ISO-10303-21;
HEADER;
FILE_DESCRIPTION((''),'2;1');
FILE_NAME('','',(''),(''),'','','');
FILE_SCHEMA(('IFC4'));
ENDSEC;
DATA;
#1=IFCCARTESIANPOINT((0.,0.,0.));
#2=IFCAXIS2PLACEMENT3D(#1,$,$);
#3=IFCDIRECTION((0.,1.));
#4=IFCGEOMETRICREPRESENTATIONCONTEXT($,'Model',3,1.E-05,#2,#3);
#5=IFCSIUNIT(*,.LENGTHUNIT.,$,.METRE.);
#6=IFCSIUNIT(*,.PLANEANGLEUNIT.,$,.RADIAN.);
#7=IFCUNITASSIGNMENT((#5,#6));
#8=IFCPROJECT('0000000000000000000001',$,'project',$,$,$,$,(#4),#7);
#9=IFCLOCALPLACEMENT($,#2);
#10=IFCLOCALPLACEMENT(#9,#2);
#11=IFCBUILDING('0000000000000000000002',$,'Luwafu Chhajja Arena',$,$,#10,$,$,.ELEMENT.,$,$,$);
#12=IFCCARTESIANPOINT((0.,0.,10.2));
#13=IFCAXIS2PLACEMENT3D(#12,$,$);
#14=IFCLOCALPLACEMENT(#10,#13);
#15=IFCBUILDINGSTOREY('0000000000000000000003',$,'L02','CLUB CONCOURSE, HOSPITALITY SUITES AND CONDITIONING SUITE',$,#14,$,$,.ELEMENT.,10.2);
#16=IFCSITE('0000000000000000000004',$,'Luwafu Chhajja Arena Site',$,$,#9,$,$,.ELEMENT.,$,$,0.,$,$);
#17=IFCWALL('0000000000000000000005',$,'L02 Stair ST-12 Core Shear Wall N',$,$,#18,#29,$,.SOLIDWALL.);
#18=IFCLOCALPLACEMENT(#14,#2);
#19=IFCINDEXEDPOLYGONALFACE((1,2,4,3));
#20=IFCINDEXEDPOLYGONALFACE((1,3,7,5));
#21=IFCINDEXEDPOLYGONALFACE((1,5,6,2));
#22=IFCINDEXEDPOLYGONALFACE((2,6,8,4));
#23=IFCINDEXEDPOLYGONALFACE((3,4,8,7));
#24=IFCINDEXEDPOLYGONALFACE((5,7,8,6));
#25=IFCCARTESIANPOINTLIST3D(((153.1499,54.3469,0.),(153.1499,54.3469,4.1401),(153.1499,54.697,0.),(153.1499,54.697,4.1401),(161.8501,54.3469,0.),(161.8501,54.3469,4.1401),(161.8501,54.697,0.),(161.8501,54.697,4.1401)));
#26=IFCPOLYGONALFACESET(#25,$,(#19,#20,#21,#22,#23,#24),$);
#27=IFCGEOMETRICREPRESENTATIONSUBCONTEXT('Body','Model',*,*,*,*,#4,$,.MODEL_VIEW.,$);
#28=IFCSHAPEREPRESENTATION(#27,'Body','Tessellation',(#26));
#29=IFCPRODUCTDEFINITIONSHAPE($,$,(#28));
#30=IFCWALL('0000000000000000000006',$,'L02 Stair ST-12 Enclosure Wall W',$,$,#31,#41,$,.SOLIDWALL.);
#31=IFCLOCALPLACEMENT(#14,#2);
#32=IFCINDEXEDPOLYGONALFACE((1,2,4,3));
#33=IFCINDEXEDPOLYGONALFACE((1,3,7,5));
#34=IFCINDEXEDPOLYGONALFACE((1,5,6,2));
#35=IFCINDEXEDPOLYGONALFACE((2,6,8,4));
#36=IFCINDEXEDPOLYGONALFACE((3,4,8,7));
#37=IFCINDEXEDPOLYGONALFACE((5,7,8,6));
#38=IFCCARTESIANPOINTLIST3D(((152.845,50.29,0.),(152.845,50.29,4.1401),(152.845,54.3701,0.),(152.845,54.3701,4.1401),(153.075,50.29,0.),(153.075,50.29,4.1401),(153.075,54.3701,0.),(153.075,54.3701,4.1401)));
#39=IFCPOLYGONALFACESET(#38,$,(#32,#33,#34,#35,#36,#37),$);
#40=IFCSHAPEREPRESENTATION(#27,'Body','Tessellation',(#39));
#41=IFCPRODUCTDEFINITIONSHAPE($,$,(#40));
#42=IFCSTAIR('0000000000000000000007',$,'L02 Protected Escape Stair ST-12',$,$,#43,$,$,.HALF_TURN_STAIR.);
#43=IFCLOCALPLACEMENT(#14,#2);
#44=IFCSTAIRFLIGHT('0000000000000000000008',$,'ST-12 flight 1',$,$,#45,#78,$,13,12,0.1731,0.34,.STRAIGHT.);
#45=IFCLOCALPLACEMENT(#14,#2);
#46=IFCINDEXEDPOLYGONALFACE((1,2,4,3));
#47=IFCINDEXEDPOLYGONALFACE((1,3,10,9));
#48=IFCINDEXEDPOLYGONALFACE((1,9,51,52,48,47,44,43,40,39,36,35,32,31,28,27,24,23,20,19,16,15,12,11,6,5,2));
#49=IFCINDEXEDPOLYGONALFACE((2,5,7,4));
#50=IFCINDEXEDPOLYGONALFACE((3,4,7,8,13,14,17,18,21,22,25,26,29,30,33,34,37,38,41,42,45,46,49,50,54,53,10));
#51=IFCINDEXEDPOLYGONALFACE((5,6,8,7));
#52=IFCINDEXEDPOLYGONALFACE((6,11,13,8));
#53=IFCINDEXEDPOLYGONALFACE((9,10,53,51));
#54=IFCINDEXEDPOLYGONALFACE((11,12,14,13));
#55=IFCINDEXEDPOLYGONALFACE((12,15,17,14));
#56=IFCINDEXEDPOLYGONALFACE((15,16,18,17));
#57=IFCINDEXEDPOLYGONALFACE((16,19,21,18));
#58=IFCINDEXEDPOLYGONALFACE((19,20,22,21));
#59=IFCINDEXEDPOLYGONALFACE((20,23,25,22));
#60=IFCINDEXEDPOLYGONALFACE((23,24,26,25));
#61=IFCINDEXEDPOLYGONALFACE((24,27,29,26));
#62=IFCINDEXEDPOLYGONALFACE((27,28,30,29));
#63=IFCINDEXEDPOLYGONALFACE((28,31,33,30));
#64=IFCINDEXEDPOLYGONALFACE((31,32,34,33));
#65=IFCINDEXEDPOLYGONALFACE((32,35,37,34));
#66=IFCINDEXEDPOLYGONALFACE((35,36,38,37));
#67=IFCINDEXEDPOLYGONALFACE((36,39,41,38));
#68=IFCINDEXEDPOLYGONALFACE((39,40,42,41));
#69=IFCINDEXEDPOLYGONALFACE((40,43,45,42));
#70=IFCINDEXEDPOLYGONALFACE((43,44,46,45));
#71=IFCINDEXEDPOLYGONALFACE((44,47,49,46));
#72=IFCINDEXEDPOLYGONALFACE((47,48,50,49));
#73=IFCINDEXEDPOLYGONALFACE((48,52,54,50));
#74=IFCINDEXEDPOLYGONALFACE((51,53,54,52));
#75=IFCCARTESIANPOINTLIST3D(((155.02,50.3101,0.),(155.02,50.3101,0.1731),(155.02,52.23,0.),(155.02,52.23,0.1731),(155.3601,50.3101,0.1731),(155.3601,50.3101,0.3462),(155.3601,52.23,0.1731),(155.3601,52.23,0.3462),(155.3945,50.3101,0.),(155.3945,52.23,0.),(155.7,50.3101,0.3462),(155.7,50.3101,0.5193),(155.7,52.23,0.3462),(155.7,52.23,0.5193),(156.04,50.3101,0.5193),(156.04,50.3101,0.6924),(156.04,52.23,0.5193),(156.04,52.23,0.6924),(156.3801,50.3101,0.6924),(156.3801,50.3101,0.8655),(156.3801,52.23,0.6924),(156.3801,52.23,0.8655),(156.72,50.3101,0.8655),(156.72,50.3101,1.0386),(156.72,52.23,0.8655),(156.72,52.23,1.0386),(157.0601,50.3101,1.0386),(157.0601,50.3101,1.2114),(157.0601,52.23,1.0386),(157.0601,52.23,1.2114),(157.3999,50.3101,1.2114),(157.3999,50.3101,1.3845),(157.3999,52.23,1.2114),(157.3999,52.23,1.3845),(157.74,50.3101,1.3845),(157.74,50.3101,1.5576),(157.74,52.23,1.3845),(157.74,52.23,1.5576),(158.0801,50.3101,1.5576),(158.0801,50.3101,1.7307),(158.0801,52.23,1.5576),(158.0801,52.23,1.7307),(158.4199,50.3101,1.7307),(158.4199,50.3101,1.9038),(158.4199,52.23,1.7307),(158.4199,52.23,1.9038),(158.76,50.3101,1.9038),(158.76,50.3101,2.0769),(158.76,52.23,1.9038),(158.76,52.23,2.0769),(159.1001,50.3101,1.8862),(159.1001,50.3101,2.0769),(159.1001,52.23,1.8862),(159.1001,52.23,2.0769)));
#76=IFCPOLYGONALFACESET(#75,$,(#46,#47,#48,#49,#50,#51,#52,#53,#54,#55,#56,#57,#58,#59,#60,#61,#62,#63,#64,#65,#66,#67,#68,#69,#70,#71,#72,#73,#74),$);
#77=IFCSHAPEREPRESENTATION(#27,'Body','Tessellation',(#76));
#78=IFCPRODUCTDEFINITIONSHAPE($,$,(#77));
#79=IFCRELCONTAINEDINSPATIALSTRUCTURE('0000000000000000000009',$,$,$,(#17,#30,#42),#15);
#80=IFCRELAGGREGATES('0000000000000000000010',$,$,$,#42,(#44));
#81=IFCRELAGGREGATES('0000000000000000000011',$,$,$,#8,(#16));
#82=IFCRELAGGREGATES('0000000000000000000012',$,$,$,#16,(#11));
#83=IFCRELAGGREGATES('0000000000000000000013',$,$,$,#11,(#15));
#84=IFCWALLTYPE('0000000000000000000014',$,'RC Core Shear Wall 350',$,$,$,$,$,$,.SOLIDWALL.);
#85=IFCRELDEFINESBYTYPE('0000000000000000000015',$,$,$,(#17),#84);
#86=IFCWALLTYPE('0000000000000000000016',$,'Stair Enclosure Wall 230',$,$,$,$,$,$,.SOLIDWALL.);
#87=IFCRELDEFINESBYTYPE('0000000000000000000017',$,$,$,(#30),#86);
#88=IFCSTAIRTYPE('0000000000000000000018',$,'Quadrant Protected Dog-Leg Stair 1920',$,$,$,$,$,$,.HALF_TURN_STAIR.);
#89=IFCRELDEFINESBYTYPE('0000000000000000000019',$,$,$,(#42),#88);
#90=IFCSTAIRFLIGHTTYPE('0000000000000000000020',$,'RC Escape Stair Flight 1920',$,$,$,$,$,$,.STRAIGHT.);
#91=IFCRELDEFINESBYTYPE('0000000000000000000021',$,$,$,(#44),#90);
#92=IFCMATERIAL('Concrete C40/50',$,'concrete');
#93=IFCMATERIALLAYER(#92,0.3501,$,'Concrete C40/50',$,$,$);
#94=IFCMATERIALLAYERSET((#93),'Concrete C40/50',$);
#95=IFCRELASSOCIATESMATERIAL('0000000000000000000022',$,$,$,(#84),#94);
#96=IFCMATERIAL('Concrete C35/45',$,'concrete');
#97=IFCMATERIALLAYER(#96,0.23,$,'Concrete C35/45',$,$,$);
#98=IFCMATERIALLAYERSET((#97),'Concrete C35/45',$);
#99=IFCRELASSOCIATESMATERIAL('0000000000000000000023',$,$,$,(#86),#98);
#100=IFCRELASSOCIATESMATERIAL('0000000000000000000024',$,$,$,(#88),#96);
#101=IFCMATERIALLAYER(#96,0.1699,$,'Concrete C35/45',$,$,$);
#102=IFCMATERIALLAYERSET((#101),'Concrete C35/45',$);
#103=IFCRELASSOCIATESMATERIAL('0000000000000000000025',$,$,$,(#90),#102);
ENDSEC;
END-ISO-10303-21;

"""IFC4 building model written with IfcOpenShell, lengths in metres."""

from ifc_helpers import new_model, si_unit, direction, frame, frame_2d, origin, place, context, subcontext, project, spatial, polyline, rectangle, outline, extrude, material, layer, layer_set, type_object, element, aggregate, save


model = new_model("IFC4")

# Units and contexts
model_context = context("Model", 3, precision=1e-05, world=origin(), true_north=direction((0.0, 1.0)))
body_context = subcontext(model_context, "Body", "Model", "MODEL_VIEW")
ifc_project = project(units=[si_unit("LENGTHUNIT", "METRE"), si_unit("PLANEANGLEUNIT", "RADIAN")], contexts=[model_context])

# Site, building, storey
site_placement = place(None, origin())
site = spatial("IfcSite", under=ifc_project, at=site_placement, Name="Luwafu Chhajja Arena Site", CompositionType="ELEMENT", RefElevation=0.0)
building_placement = place(site_placement, origin())
building = spatial("IfcBuilding", under=site, at=building_placement, Name="Luwafu Chhajja Arena", CompositionType="ELEMENT")
storey_placement = place(building_placement, frame((0.0, 0.0, 10.2)))
storey = spatial("IfcBuildingStorey", under=building, at=storey_placement, Name="L02", Description="CLUB CONCOURSE, HOSPITALITY SUITES AND CONDITIONING SUITE", CompositionType="ELEMENT", Elevation=10.2)

# Shared definitions
ifc_material_1 = material(Name="Concrete C35/45", Category="concrete")

# Shared definitions
ifc_material_2 = material(Name="Concrete C40/50", Category="concrete")
ifc_layer_1 = layer(ifc_material_2, 0.3501, Name="Concrete C40/50")
ifc_layer_set_1 = layer_set([ifc_layer_1], Name="Concrete C40/50")
wall_type_1 = type_object("IfcWallType", Name="RC Core Shear Wall 350", PredefinedType="SOLIDWALL", material=ifc_layer_set_1)

# Walls
wall_1_placement = place(storey_placement, frame((153.1499, 54.522, 0.0), z_axis=(0.0, 0.0, 1.0), x_axis=(1.0, 0.0, 0.0)))
element("IfcWall", 1, at=wall_1_placement, inside=storey, type_object=wall_type_1, Name="L02 Stair ST-12 Core Shear Wall N", PredefinedType="SOLIDWALL", context=body_context, shape_type="SweptSolid", body=[
    extrude(rectangle(XDim=8.7002, YDim=0.3501, at=frame_2d((4.3501, 0.0))), origin(), (0.0, 0.0, 1.0), 4.1401),
])
ifc_layer_2 = layer(ifc_material_1, 0.23, Name="Concrete C35/45")
ifc_layer_set_2 = layer_set([ifc_layer_2], Name="Concrete C35/45")
wall_type_2 = type_object("IfcWallType", Name="Stair Enclosure Wall 230", PredefinedType="SOLIDWALL", material=ifc_layer_set_2)
wall_2_placement = place(storey_placement, frame((152.96, 50.29, 0.0), z_axis=(0.0, 0.0, 1.0), x_axis=(0.0, 1.0, 0.0)))
element("IfcWall", 2, at=wall_2_placement, inside=storey, type_object=wall_type_2, Name="L02 Stair ST-12 Enclosure Wall W", PredefinedType="SOLIDWALL", context=body_context, shape_type="SweptSolid", body=[
    extrude(rectangle(XDim=4.0801, YDim=0.23, at=frame_2d((2.04, 0.0))), origin(), (0.0, 0.0, 1.0), 4.1401),
])

# Stair, stair flight
stair_type = type_object("IfcStairType", Name="Quadrant Protected Dog-Leg Stair 1920", PredefinedType="HALF_TURN_STAIR", material=ifc_material_1)
stair_placement = place(storey_placement, origin())
stair = element("IfcStair", 3, at=stair_placement, inside=storey, type_object=stair_type, Name="L02 Protected Escape Stair ST-12", PredefinedType="HALF_TURN_STAIR")
ifc_layer_3 = layer(ifc_material_1, 0.1699, Name="Concrete C35/45")
ifc_layer_set_3 = layer_set([ifc_layer_3], Name="Concrete C35/45")
stair_flight_type = type_object("IfcStairFlightType", Name="RC Escape Stair Flight 1920", PredefinedType="STRAIGHT", material=ifc_layer_set_3)
stair_flight_placement = place(storey_placement, frame((155.02, 51.27, 0.0), z_axis=(0.0, 0.0, 1.0), x_axis=(1.0, 0.0, 0.0)))
stair_flight = element("IfcStairFlight", 4, at=stair_flight_placement, type_object=stair_flight_type, Name="ST-12 flight 1", NumberOfRisers=13, NumberOfTreads=12, PredefinedType="STRAIGHT", RiserHeight=0.1731, TreadLength=0.34, context=body_context, shape_type="SweptSolid", body=[
    extrude(outline(polyline([(0.0, 0.0), (0.0, 0.1731), (0.3401, 0.1731), (0.3401, 0.3462), (0.6799, 0.3462), (0.6799, 0.5193), (1.02, 0.5193), (1.02, 0.6924), (1.3601, 0.6924), (1.3601, 0.8655), (1.7, 0.8655), (1.7, 1.0386), (2.04, 1.0386), (2.04, 1.2114), (2.3799, 1.2114), (2.3799, 1.3845), (2.72, 1.3845), (2.72, 1.5576), (3.0601, 1.5576), (3.0601, 1.7307), (3.3999, 1.7307), (3.3999, 1.9038), (3.74, 1.9038), (3.74, 2.0769), (4.0801, 2.0769), (4.0801, 2.25), (4.0801, 1.8862), (0.3745, 0.0), (0.0, 0.0)])), frame((0.0, 0.96, 0.0), z_axis=(0.0, -1.0, 0.0), x_axis=(1.0, 0.0, 0.0)), (0.0, 0.0, 1.0), 1.9199),
])
aggregate(stair, [stair_flight])

save(model, "model.ifc")
